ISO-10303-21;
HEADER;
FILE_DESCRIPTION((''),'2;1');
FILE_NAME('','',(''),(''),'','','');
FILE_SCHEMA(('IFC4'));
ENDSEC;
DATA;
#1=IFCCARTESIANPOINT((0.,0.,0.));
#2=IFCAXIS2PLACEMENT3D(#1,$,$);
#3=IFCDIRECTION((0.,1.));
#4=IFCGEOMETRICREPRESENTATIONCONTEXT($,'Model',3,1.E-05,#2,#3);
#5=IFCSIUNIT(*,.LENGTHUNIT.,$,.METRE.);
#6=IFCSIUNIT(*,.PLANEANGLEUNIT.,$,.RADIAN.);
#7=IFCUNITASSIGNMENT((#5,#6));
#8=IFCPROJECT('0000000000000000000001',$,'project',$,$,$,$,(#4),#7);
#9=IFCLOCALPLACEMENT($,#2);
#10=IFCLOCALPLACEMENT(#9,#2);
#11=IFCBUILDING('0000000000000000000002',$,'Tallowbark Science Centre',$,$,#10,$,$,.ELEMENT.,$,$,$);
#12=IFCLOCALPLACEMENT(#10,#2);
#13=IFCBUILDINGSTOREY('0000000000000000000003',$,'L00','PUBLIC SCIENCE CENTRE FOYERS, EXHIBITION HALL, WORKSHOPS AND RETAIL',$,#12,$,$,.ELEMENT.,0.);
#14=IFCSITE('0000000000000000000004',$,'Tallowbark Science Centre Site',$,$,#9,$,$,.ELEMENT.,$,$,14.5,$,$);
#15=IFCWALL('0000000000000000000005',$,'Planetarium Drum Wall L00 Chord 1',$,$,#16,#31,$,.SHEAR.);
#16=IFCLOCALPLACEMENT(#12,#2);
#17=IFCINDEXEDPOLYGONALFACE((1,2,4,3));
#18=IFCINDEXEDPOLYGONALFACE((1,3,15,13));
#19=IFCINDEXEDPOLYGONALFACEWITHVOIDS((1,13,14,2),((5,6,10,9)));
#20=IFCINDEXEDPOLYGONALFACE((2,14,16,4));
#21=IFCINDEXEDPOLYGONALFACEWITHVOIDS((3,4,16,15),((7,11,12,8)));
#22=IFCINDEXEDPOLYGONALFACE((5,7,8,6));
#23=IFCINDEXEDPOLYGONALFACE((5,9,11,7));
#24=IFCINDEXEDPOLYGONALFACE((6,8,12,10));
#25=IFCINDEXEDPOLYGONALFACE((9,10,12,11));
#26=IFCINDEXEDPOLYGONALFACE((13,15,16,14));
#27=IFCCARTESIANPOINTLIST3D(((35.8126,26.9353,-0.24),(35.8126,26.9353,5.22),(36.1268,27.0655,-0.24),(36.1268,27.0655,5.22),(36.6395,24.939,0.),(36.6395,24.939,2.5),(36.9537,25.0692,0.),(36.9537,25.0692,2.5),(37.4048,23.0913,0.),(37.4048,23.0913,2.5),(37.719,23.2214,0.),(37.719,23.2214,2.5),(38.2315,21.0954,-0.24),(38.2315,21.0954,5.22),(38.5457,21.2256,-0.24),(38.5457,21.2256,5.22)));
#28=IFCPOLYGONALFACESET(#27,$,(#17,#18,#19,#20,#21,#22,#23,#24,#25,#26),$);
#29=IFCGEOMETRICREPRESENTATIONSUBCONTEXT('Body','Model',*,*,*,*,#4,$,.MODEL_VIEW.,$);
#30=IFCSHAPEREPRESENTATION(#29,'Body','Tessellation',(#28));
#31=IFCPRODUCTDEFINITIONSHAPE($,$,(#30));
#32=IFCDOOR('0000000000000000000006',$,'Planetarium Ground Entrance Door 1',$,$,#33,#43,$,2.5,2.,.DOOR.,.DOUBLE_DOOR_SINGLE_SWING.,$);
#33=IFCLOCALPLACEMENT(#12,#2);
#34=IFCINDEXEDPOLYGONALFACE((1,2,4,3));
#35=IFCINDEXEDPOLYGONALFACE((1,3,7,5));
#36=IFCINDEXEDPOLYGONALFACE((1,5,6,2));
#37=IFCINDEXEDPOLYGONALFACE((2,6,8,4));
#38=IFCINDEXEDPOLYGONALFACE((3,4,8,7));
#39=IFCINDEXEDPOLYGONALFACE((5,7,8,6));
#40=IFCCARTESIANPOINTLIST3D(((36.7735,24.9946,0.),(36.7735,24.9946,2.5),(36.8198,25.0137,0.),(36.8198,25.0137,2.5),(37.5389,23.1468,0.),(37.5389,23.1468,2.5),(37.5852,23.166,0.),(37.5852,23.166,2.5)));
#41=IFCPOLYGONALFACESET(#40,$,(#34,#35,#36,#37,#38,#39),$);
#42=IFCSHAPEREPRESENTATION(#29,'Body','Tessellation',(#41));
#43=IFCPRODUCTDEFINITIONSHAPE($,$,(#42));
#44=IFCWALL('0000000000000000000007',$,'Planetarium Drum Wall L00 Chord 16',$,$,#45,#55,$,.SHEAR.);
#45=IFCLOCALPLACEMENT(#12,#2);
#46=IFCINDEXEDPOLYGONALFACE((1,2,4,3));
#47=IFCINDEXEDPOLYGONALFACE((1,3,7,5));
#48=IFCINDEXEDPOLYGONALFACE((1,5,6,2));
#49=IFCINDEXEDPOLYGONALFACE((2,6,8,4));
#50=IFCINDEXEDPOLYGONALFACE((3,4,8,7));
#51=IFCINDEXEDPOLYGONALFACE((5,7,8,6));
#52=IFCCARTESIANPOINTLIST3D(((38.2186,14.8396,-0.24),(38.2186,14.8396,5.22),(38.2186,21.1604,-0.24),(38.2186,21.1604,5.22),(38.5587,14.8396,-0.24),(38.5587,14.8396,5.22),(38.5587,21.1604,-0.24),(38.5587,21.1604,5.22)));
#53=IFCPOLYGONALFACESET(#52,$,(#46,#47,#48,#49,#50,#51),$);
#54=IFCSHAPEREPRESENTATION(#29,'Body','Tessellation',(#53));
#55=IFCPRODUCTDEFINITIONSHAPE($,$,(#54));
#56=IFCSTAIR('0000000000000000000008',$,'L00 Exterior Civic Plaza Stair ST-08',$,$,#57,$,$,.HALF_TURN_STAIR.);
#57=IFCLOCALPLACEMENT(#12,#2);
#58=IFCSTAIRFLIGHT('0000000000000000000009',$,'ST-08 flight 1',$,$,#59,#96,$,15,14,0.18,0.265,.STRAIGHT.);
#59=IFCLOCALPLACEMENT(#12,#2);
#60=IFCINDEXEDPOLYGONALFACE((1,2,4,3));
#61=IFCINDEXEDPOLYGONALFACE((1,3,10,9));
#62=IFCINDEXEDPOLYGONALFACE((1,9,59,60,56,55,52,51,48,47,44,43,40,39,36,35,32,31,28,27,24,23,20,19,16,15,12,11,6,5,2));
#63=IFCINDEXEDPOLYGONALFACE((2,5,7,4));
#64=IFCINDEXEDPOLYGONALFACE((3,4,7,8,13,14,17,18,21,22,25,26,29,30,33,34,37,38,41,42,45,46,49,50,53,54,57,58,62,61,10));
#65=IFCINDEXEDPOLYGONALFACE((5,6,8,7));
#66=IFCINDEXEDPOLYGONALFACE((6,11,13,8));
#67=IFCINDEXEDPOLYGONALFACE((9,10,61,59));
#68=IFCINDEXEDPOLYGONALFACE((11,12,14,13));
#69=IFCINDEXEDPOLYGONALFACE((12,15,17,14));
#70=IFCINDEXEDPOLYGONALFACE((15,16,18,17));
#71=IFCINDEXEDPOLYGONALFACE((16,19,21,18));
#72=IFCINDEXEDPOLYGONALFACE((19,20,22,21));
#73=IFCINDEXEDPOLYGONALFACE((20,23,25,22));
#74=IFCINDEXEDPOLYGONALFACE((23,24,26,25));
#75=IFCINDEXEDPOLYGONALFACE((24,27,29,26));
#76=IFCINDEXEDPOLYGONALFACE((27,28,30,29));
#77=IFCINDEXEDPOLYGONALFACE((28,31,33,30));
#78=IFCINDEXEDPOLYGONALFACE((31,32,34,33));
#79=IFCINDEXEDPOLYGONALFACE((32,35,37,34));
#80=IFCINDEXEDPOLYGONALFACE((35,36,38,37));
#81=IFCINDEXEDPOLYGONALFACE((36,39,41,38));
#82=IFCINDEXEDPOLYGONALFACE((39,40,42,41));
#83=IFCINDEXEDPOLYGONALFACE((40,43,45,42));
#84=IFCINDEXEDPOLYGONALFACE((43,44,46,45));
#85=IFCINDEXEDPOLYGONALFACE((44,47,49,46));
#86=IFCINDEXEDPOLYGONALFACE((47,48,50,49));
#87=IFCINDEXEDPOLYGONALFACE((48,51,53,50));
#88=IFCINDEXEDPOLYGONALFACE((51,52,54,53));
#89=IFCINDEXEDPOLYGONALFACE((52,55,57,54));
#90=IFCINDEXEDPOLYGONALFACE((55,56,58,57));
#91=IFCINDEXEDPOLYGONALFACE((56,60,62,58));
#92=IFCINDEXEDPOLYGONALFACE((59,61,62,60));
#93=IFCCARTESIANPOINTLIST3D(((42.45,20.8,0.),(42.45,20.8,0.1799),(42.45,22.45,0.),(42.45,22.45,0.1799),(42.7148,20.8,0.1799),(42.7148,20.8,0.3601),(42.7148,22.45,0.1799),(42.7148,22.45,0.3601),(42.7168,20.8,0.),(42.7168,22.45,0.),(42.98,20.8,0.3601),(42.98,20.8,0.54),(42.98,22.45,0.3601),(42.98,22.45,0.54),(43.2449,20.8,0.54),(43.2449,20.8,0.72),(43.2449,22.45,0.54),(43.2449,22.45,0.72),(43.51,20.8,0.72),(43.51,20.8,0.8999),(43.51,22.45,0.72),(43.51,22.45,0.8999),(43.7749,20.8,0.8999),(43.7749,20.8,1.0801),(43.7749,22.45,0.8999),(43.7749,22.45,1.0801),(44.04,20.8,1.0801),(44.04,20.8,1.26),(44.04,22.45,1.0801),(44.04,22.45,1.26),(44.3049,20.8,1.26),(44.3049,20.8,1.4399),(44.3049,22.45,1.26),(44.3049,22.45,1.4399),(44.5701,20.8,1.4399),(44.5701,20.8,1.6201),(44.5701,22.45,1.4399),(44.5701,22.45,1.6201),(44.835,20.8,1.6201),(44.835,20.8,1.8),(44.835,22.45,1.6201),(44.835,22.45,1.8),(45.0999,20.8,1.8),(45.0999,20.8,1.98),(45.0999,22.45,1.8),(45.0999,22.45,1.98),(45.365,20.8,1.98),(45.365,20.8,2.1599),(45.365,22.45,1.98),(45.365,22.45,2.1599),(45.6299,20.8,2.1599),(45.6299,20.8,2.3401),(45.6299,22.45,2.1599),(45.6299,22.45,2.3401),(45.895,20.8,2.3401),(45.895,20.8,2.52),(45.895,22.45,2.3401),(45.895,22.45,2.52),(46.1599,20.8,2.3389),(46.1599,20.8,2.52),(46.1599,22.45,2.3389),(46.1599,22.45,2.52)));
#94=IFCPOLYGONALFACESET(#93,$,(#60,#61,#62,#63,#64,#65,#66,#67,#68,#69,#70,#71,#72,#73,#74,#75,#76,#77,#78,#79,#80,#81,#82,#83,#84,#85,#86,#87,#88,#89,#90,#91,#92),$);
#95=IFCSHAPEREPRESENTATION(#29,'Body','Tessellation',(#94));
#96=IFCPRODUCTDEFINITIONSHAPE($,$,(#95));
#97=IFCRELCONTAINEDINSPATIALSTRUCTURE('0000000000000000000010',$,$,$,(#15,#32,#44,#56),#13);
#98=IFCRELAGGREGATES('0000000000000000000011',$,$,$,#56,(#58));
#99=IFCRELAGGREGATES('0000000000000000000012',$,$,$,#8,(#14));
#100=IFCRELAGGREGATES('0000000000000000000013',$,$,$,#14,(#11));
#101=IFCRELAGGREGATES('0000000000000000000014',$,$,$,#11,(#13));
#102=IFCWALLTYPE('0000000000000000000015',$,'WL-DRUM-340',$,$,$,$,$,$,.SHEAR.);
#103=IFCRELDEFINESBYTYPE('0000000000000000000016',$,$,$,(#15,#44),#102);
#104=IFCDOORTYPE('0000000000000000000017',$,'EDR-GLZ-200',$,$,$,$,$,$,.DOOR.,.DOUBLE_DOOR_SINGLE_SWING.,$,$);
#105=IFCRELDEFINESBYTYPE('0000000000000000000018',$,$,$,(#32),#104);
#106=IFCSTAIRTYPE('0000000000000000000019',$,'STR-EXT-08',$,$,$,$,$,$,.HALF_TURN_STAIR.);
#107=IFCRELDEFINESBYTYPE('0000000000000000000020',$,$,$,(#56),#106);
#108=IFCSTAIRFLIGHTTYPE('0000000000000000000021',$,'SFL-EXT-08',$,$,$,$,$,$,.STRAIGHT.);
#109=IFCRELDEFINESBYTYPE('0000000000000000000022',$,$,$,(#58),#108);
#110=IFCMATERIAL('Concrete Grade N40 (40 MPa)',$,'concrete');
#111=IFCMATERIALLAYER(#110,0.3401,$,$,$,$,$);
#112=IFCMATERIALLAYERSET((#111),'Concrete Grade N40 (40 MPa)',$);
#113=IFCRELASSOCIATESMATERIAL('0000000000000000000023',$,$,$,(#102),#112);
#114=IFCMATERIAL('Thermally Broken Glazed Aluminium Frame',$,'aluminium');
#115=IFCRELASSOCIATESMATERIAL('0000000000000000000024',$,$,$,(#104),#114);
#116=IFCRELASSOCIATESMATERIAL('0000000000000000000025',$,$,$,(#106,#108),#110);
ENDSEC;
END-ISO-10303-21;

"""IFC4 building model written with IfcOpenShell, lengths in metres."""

from ifc_helpers import new_model, si_unit, direction, frame, frame_2d, origin, place, context, subcontext, project, spatial, polyline, rectangle, outline, extrude, material, layer, layer_set, type_object, element, fill, aggregate, save


model = new_model("IFC4")

# Units and contexts
model_context = context("Model", 3, precision=1e-05, world=origin(), true_north=direction((0.0, 1.0)))
body_context = subcontext(model_context, "Body", "Model", "MODEL_VIEW")
ifc_project = project(units=[si_unit("LENGTHUNIT", "METRE"), si_unit("PLANEANGLEUNIT", "RADIAN")], contexts=[model_context])

# Site, building, storey
site_placement = place(None, origin())
site = spatial("IfcSite", under=ifc_project, at=site_placement, Name="Tallowbark Science Centre Site", CompositionType="ELEMENT", RefElevation=14.5)
building_placement = place(site_placement, origin())
building = spatial("IfcBuilding", under=site, at=building_placement, Name="Tallowbark Science Centre", CompositionType="ELEMENT")
storey_placement = place(building_placement, origin())
storey = spatial("IfcBuildingStorey", under=building, at=storey_placement, Name="L00", Description="PUBLIC SCIENCE CENTRE FOYERS, EXHIBITION HALL, WORKSHOPS AND RETAIL", CompositionType="ELEMENT", Elevation=0.0)

# Shared definitions
ifc_material_1 = material(Name="Concrete Grade N40 (40 MPa)", Category="concrete")

# Wall, opening, door
ifc_layer_1 = layer(ifc_material_1, 0.3401)
ifc_layer_set_1 = layer_set([ifc_layer_1], Name="Concrete Grade N40 (40 MPa)")
wall_type_1 = type_object("IfcWallType", Name="WL-DRUM-340", PredefinedType="SHEAR", material=ifc_layer_set_1)
wall_1_placement = place(storey_placement, frame((38.3887, 21.1604, -0.24), z_axis=(0.0, 0.0, 1.0), x_axis=(-0.382684, 0.923879, 0.0)))
wall_1 = element("IfcWall", 1, at=wall_1_placement, inside=storey, type_object=wall_type_1, Name="Planetarium Drum Wall L00 Chord 1", PredefinedType="SHEAR", context=body_context, shape_type="SweptSolid", body=[
    extrude(rectangle(XDim=6.321, YDim=0.3401, at=frame_2d((3.1606, 0.0))), origin(), (0.0, 0.0, 1.0), 5.46),
])
opening_1_placement = place(wall_1_placement, frame((2.1604, 0.0, 0.24)))
opening_1 = element("IfcOpeningElement", 2, at=opening_1_placement, cuts=wall_1, PredefinedType="OPENING", context=body_context, shape_type="SweptSolid", body=[
    extrude(rectangle(XDim=2.0, YDim=2.5, at=frame_2d((1.0, 1.25))), frame((0.0, 0.1802, 0.0), z_axis=(0.0, -1.0, 0.0), x_axis=(1.0, 0.0, 0.0)), (0.0, 0.0, 1.0), 0.3601),
])
ifc_material_2 = material(Name="Thermally Broken Glazed Aluminium Frame", Category="aluminium")
door_type_1 = type_object("IfcDoorType", Name="EDR-GLZ-200", OperationType="DOUBLE_DOOR_SINGLE_SWING", PredefinedType="DOOR", material=ifc_material_2)
door_1_placement = place(opening_1_placement, origin())
door_1 = element("IfcDoor", 3, at=door_1_placement, inside=storey, type_object=door_type_1, Name="Planetarium Ground Entrance Door 1", OperationType="DOUBLE_DOOR_SINGLE_SWING", OverallHeight=2.5, OverallWidth=2.0, PredefinedType="DOOR", context=body_context, shape_type="SweptSolid", body=[
    extrude(rectangle(XDim=2.0, YDim=2.5, at=frame_2d((1.0, 1.25))), frame((0.0, 0.0249, 0.0), z_axis=(0.0, -1.0, 0.0), x_axis=(1.0, 0.0, 0.0)), (0.0, 0.0, 1.0), 0.05),
])
fill(opening_1, door_1)

# Wall
wall_2_placement = place(storey_placement, frame((38.3887, 14.8396, -0.24), z_axis=(0.0, 0.0, 1.0), x_axis=(0.0, 1.0, 0.0)))
element("IfcWall", 4, at=wall_2_placement, inside=storey, type_object=wall_type_1, Name="Planetarium Drum Wall L00 Chord 16", PredefinedType="SHEAR", context=body_context, shape_type="SweptSolid", body=[
    extrude(rectangle(XDim=6.3208, YDim=0.3401, at=frame_2d((3.1604, 0.0))), origin(), (0.0, 0.0, 1.0), 5.46),
])

# Stair, stair flight
stair_type = type_object("IfcStairType", Name="STR-EXT-08", PredefinedType="HALF_TURN_STAIR", material=ifc_material_1)
stair_placement = place(storey_placement, origin())
stair = element("IfcStair", 5, at=stair_placement, inside=storey, type_object=stair_type, Name="L00 Exterior Civic Plaza Stair ST-08", PredefinedType="HALF_TURN_STAIR")
stair_flight_type = type_object("IfcStairFlightType", Name="SFL-EXT-08", PredefinedType="STRAIGHT", material=ifc_material_1)
stair_flight_placement = place(storey_placement, frame((42.45, 21.625, 0.0), z_axis=(0.0, 0.0, 1.0), x_axis=(1.0, 0.0, 0.0)))
stair_flight = element("IfcStairFlight", 6, at=stair_flight_placement, type_object=stair_flight_type, Name="ST-08 flight 1", NumberOfRisers=15, NumberOfTreads=14, PredefinedType="STRAIGHT", RiserHeight=0.18, TreadLength=0.265, context=body_context, shape_type="SweptSolid", body=[
    extrude(outline(polyline([(0.0, 0.0), (0.0, 0.1799), (0.2649, 0.1799), (0.2649, 0.3601), (0.53, 0.3601), (0.53, 0.54), (0.7949, 0.54), (0.7949, 0.72), (1.0601, 0.72), (1.0601, 0.8999), (1.325, 0.8999), (1.325, 1.0801), (1.5901, 1.0801), (1.5901, 1.26), (1.855, 1.26), (1.855, 1.4399), (2.1201, 1.4399), (2.1201, 1.6201), (2.385, 1.6201), (2.385, 1.8), (2.6499, 1.8), (2.6499, 1.98), (2.915, 1.98), (2.915, 2.1599), (3.1799, 2.1599), (3.1799, 2.3401), (3.4451, 2.3401), (3.4451, 2.52), (3.71, 2.52), (3.71, 2.7), (3.71, 2.3389), (0.2668, 0.0), (0.0, 0.0)])), frame((0.0, 0.825, 0.0), z_axis=(0.0, -1.0, 0.0), x_axis=(1.0, 0.0, 0.0)), (0.0, 0.0, 1.0), 1.6499),
])
aggregate(stair, [stair_flight])

save(model, "model.ifc")
